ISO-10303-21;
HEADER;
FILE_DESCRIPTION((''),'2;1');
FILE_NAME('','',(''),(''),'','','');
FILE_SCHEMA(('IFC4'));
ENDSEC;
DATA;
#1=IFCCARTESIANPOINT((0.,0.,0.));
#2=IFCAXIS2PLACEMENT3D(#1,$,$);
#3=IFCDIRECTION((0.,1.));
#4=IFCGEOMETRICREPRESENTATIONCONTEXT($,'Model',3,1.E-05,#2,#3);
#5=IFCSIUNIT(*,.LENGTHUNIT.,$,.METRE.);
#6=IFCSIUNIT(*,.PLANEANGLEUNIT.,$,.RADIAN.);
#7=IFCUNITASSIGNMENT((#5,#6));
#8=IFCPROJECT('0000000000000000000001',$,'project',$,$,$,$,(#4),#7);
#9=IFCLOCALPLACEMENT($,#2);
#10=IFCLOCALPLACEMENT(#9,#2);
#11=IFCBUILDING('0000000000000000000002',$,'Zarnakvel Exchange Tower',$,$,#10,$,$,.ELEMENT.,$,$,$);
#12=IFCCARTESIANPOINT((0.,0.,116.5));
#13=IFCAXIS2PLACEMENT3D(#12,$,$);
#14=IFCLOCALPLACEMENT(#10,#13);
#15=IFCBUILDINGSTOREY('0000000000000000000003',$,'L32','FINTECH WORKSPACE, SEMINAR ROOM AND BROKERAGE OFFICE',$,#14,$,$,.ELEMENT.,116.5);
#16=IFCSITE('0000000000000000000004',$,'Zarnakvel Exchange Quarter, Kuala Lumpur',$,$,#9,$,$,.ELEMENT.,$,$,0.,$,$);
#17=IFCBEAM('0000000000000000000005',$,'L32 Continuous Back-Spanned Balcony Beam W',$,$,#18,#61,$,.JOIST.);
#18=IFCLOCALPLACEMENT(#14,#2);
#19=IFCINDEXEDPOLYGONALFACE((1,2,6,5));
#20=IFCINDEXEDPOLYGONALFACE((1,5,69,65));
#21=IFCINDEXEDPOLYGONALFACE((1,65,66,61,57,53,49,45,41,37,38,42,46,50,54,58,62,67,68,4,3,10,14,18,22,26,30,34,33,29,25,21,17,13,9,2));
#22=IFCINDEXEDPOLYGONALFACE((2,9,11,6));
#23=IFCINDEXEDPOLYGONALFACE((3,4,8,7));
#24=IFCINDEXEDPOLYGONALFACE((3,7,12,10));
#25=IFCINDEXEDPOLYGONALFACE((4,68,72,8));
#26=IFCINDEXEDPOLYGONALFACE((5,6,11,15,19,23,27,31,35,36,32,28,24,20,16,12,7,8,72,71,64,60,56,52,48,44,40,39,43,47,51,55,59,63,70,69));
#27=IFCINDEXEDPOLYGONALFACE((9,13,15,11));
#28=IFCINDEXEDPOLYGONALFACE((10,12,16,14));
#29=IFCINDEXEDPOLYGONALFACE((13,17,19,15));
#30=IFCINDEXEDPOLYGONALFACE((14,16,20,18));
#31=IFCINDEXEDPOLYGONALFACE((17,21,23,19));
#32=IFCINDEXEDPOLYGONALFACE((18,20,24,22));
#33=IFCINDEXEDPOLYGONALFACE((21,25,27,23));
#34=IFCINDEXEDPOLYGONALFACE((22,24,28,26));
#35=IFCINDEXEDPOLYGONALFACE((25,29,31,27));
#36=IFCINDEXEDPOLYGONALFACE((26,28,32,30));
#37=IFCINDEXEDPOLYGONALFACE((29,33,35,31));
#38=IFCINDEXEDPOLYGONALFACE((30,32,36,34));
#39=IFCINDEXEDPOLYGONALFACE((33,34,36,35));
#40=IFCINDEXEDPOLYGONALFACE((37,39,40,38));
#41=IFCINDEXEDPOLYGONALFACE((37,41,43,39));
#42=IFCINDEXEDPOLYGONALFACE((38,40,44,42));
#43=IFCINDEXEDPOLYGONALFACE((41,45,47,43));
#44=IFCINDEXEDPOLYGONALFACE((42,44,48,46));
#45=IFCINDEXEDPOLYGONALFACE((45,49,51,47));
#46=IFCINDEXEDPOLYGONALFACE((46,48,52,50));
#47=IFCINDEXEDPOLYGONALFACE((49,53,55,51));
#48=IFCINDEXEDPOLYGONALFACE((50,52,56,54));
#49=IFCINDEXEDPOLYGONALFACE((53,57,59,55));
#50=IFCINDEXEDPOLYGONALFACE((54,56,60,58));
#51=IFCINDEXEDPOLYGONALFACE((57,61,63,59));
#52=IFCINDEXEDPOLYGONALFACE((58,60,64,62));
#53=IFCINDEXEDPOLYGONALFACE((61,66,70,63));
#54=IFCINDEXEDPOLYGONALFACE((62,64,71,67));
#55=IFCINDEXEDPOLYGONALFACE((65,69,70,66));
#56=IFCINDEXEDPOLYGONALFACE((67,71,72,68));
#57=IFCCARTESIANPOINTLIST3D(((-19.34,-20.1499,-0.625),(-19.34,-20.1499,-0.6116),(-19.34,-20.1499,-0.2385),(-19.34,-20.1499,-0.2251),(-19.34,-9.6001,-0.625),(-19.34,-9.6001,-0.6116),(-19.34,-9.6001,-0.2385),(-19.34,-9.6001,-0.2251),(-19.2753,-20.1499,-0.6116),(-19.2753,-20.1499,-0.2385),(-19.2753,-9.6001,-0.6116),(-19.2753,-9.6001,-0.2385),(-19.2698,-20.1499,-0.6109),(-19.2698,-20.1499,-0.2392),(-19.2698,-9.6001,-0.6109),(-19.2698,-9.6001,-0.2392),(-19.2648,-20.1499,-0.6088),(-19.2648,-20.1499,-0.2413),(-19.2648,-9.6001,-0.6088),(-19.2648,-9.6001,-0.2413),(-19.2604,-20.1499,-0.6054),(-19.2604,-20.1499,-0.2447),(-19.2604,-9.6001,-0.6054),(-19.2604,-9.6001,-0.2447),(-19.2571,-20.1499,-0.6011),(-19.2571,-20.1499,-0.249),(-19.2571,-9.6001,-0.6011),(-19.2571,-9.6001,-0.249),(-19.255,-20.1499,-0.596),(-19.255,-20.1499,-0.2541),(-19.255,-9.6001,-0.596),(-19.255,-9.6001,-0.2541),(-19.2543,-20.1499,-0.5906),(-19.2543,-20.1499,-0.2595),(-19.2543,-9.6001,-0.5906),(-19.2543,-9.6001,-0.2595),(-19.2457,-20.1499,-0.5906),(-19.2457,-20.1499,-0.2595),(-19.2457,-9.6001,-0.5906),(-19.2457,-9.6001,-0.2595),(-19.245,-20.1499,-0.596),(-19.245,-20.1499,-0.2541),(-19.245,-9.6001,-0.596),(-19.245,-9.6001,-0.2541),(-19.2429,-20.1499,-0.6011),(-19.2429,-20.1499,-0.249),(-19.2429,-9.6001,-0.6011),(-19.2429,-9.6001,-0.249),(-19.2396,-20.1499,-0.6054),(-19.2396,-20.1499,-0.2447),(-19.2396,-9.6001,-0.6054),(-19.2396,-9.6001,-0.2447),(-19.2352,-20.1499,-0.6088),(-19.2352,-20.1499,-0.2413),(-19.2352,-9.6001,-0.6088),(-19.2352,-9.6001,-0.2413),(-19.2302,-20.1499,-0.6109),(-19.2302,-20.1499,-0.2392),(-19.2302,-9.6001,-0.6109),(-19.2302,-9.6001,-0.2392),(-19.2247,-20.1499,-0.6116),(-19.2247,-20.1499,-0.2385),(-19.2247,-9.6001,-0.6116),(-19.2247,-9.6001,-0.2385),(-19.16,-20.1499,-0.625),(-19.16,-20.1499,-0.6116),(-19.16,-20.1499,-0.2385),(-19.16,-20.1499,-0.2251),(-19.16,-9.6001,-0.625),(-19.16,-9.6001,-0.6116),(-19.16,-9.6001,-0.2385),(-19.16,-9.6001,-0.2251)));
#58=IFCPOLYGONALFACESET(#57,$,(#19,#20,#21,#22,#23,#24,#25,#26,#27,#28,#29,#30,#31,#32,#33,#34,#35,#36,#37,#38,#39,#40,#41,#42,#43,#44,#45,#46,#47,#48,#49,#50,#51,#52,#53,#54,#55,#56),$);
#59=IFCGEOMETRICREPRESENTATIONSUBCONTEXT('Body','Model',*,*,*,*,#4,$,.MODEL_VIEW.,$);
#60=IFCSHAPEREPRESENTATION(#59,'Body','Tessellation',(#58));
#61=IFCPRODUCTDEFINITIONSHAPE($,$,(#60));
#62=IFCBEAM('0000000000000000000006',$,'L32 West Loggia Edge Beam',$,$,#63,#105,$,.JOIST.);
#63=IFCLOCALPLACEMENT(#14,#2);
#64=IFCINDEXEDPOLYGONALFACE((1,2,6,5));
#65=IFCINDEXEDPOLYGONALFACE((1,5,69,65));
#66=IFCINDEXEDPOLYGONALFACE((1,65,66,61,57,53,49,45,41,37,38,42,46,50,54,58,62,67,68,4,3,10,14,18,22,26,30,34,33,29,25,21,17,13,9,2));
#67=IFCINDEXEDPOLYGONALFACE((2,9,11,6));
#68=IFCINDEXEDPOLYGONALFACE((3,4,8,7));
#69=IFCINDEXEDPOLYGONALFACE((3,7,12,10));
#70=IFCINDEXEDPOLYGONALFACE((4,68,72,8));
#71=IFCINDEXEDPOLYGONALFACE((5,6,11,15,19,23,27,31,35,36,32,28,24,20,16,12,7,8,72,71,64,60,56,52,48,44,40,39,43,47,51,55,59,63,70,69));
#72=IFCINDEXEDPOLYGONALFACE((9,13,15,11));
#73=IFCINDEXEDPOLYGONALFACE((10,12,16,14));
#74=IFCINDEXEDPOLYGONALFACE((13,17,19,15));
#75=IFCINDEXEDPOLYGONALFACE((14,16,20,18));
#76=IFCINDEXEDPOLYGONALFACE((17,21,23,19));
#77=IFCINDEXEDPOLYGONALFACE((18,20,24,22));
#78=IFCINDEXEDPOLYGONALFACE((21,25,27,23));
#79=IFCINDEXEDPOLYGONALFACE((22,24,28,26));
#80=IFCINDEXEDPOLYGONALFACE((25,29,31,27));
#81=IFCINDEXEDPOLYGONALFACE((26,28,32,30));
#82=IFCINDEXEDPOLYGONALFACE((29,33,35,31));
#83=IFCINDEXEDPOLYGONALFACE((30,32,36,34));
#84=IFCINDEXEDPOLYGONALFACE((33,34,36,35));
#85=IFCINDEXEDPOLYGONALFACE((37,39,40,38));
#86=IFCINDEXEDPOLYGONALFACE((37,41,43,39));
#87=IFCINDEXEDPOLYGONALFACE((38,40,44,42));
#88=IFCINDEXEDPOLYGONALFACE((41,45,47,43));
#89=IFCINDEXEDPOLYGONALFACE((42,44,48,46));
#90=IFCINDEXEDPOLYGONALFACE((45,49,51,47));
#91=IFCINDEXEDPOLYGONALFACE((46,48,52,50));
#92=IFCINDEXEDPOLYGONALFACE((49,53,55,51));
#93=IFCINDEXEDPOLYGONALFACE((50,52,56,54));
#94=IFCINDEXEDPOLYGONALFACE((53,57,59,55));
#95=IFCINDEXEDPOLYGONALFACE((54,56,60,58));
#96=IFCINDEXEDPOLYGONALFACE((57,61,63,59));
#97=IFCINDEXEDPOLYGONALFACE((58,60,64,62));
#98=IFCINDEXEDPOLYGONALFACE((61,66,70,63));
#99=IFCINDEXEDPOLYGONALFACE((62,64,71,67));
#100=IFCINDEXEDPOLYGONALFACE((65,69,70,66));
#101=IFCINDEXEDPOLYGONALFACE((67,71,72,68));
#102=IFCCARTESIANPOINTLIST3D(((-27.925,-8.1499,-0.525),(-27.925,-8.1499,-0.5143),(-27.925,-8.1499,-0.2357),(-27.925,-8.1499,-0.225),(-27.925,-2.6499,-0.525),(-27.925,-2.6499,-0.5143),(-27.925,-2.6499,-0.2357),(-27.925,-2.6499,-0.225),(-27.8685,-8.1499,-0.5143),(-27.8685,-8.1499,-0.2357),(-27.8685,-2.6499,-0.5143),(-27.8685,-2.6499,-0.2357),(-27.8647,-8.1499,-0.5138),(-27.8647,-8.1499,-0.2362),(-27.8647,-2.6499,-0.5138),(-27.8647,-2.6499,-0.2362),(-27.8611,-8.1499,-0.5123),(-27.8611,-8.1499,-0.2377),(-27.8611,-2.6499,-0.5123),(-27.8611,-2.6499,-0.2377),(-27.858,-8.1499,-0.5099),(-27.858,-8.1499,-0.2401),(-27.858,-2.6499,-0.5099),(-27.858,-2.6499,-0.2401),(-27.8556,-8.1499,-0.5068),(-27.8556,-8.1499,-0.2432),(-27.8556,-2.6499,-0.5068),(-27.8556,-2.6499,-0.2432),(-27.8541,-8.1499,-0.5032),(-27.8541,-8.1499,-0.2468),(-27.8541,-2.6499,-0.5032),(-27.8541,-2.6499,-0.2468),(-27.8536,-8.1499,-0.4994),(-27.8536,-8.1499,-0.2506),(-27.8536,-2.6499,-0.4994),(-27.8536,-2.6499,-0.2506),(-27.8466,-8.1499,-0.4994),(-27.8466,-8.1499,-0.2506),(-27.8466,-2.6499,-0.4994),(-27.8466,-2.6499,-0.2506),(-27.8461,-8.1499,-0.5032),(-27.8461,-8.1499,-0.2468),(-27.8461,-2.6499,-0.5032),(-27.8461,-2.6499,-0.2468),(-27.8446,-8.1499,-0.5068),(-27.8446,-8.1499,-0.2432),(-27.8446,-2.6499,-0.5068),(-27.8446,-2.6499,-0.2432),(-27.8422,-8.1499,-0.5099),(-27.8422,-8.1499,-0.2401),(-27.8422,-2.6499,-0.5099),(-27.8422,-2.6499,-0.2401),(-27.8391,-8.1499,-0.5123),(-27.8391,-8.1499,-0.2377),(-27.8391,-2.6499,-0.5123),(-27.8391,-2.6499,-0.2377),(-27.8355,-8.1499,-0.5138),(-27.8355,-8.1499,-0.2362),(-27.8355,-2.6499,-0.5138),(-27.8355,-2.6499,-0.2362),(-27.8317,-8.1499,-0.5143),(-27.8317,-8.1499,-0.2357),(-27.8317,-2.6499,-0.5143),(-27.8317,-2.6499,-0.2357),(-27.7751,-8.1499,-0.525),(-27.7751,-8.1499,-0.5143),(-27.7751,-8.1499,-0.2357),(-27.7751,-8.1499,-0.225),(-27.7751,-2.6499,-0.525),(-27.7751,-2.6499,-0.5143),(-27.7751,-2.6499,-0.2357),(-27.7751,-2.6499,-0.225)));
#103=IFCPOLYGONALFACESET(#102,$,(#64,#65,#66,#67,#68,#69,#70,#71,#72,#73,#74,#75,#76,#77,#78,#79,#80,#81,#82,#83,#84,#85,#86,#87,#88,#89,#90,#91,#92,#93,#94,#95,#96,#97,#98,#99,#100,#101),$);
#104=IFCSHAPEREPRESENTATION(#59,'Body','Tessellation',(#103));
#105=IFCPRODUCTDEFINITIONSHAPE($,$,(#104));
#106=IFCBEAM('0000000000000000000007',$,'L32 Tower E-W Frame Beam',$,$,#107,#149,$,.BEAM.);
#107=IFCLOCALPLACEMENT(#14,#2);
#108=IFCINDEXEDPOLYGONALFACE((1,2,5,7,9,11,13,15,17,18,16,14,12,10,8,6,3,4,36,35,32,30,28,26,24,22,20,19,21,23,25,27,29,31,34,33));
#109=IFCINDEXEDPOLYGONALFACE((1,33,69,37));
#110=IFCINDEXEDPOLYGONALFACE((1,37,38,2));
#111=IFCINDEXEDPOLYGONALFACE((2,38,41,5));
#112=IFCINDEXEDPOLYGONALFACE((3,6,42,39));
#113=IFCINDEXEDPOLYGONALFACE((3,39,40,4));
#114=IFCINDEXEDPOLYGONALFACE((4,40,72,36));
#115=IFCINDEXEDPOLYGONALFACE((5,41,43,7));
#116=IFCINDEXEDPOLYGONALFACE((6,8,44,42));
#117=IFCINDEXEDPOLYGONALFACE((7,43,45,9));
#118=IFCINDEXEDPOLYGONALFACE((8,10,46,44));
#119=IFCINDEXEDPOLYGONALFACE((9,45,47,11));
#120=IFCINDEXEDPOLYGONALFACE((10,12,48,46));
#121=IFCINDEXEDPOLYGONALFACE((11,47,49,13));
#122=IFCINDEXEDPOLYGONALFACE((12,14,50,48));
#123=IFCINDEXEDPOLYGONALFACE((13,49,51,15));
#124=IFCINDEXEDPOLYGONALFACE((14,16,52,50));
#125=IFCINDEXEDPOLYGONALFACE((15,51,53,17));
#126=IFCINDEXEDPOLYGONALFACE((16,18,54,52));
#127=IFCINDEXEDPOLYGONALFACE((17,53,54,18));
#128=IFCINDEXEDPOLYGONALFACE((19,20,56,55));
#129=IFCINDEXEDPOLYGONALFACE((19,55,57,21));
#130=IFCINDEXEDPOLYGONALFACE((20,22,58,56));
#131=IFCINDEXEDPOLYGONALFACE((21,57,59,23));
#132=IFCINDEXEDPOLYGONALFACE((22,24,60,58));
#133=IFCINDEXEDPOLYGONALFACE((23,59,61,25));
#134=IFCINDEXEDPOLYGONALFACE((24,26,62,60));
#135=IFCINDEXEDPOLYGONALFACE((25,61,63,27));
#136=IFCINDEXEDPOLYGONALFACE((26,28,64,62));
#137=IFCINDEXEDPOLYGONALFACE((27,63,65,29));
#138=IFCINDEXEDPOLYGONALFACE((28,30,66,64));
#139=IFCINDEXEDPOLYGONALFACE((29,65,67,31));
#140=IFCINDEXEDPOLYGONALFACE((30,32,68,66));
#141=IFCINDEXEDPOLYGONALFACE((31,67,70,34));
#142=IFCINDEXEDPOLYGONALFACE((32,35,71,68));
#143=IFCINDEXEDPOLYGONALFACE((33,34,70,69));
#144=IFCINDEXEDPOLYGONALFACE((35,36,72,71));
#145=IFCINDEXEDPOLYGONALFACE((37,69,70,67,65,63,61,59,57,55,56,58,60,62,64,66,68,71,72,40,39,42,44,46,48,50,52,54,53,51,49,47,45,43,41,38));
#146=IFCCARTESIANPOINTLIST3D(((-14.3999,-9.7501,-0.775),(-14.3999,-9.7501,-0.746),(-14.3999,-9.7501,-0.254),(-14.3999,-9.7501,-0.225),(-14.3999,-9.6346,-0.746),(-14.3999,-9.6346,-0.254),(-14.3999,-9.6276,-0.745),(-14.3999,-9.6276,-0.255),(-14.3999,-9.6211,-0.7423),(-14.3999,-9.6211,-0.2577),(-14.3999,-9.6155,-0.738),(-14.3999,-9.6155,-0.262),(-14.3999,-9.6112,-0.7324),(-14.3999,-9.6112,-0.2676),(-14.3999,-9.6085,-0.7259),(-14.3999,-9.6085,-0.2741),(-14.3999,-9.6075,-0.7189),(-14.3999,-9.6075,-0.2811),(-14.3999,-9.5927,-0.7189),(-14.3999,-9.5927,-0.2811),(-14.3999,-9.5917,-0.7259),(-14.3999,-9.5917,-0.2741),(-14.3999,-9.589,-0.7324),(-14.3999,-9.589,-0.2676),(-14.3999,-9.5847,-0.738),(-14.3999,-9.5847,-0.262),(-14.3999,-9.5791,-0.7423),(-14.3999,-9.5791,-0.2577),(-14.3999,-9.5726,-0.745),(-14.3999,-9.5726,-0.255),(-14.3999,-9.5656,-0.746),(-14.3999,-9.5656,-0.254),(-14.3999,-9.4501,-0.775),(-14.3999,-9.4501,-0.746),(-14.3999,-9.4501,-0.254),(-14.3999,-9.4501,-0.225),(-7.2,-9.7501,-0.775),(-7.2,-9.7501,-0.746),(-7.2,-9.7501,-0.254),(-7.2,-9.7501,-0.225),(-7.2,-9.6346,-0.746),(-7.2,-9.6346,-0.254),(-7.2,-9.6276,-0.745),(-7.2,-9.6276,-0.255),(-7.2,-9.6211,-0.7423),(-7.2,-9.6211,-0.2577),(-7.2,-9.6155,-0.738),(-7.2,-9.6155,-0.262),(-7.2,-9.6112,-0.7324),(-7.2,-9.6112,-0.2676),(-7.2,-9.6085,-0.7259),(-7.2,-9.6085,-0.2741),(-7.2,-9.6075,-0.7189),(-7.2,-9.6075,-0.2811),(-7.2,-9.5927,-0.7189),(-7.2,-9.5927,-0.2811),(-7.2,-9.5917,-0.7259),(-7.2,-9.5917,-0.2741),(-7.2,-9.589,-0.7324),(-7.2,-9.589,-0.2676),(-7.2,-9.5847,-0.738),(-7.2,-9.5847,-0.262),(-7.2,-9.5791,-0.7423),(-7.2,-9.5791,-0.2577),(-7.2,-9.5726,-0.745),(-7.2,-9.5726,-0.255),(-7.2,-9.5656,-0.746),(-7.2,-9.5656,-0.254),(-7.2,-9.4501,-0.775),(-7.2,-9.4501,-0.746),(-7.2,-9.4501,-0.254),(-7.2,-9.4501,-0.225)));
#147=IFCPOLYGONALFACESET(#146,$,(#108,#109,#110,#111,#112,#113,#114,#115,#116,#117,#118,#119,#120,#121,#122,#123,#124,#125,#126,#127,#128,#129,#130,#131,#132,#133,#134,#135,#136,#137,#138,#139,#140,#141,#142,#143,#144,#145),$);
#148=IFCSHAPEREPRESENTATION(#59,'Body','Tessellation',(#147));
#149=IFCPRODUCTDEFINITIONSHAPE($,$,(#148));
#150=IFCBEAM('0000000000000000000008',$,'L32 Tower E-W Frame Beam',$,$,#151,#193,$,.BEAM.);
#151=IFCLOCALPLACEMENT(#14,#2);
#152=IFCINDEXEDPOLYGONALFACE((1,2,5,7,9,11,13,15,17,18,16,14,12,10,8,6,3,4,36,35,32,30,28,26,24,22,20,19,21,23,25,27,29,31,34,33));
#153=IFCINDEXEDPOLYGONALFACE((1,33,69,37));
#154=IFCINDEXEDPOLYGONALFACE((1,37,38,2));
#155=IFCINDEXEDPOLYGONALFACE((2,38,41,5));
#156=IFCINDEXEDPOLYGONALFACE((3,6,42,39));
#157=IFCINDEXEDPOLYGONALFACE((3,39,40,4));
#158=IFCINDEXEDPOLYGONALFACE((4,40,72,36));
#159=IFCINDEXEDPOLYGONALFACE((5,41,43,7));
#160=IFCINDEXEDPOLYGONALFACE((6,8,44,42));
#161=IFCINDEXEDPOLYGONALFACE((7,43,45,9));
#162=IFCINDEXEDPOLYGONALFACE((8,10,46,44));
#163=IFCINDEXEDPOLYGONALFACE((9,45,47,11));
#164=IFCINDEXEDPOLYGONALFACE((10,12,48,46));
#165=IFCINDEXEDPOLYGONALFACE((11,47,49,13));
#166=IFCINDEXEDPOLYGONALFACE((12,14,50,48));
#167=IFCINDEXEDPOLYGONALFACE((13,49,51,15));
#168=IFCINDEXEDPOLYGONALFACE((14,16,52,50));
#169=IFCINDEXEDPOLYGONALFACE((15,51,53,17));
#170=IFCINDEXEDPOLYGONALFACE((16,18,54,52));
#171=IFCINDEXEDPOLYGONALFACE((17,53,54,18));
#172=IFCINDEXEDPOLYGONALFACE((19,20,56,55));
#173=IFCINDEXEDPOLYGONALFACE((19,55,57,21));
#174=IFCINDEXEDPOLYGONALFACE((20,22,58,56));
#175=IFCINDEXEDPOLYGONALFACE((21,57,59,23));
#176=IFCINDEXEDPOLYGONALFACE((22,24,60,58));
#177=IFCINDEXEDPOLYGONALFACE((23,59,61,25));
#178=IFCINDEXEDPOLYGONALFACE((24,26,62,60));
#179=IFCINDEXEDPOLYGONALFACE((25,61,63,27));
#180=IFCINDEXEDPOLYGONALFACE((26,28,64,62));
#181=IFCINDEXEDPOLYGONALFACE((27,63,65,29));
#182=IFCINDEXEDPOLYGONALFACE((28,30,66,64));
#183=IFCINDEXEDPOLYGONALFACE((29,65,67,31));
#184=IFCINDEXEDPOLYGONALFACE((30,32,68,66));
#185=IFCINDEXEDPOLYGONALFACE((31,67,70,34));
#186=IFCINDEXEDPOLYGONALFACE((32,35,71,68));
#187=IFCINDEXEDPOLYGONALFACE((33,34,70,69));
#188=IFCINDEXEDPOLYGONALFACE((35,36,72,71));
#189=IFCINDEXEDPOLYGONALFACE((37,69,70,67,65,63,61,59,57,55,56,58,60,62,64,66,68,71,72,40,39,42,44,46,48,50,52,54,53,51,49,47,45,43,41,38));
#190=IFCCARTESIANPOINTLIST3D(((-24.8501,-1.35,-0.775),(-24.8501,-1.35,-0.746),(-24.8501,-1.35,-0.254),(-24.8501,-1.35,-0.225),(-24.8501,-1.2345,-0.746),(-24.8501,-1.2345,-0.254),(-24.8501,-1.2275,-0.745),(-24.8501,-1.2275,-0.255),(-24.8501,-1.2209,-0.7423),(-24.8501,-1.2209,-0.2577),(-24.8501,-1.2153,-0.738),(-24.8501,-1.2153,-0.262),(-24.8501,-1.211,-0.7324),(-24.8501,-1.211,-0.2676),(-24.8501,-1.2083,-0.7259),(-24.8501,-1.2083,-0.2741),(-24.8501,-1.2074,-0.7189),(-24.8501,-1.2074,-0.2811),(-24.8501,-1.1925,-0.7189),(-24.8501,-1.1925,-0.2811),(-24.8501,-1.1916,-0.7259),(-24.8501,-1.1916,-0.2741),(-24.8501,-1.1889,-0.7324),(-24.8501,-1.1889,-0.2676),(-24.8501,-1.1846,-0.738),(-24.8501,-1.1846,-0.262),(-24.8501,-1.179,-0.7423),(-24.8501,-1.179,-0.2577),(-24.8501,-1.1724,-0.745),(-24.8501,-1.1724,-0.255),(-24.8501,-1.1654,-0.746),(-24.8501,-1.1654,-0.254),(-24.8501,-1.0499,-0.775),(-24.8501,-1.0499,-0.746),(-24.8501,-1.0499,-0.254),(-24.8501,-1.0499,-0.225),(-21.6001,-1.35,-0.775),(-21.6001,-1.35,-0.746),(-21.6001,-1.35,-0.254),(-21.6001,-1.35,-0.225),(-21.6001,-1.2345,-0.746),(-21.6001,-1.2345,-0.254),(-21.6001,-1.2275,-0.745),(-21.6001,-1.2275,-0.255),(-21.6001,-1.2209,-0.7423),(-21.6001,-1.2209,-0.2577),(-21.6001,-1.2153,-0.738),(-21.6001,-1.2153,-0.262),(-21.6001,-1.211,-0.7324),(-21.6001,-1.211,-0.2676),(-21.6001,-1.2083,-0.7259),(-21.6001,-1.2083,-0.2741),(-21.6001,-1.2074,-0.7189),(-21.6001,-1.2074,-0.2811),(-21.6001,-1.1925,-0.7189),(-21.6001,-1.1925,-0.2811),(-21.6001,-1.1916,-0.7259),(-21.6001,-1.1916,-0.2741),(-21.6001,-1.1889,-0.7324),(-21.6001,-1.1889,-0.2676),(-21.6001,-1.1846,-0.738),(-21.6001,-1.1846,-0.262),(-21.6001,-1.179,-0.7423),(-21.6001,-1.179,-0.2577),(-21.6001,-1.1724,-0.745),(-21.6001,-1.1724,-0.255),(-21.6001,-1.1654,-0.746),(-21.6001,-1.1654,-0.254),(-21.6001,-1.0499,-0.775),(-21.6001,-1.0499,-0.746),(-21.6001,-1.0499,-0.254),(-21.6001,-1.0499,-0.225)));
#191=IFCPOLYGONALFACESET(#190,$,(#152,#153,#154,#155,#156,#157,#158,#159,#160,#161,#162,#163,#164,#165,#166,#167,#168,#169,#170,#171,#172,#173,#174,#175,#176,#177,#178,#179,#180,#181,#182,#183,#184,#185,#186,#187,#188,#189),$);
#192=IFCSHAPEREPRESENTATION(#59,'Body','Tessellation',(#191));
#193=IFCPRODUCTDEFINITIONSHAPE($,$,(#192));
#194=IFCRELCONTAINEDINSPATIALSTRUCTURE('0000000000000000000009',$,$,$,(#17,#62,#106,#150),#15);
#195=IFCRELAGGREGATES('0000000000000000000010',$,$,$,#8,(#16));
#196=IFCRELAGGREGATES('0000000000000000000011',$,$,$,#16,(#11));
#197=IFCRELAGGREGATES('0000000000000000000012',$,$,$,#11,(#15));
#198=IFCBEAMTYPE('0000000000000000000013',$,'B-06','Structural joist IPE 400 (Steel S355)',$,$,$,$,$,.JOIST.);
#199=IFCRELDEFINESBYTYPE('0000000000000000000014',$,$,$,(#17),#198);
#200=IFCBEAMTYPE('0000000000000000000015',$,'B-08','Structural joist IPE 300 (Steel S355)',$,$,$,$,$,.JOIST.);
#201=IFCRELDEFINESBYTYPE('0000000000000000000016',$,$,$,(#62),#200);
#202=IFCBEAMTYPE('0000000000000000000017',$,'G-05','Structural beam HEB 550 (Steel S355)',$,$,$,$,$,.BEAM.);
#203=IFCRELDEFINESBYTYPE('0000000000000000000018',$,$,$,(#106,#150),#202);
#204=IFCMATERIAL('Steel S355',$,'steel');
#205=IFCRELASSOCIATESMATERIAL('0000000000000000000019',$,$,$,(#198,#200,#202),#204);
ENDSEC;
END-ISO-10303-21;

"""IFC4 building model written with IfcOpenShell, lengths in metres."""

from ifc_helpers import new_model, si_unit, direction, frame, origin, origin_2d, place, context, subcontext, project, spatial, i_section, extrude, material, material_profile, profile_set, type_object, element, save


model = new_model("IFC4")

# Units and contexts
model_context = context("Model", 3, precision=1e-05, world=origin(), true_north=direction((0.0, 1.0)))
body_context = subcontext(model_context, "Body", "Model", "MODEL_VIEW")
ifc_project = project(units=[si_unit("LENGTHUNIT", "METRE"), si_unit("PLANEANGLEUNIT", "RADIAN")], contexts=[model_context])

# Site, building, storey
site_placement = place(None, origin())
site = spatial("IfcSite", under=ifc_project, at=site_placement, Name="Zarnakvel Exchange Quarter, Kuala Lumpur", CompositionType="ELEMENT", RefElevation=0.0)
building_placement = place(site_placement, origin())
building = spatial("IfcBuilding", under=site, at=building_placement, Name="Zarnakvel Exchange Tower", CompositionType="ELEMENT")
storey_placement = place(building_placement, frame((0.0, 0.0, 116.5)))
storey = spatial("IfcBuildingStorey", under=building, at=storey_placement, Name="L32", Description="FINTECH WORKSPACE, SEMINAR ROOM AND BROKERAGE OFFICE", CompositionType="ELEMENT", Elevation=116.5)

# Shared definitions
ifc_material_1 = material(Name="Steel S355", Category="steel")

# Beams
ifc_material_profile_1 = material_profile(ifc_material_1, i_section(OverallWidth=0.1799, OverallDepth=0.3999, WebThickness=0.0085, FlangeThickness=0.0134, FilletRadius=0.021, at=origin_2d()))
ifc_profile_set_1 = profile_set([ifc_material_profile_1], Name="Steel S355")
beam_type_1 = type_object("IfcBeamType", Name="B-06", Description="Structural joist IPE 400 (Steel S355)", PredefinedType="JOIST", material=ifc_profile_set_1)
beam_1_placement = place(storey_placement, frame((-19.25, -9.6001, -0.425), z_axis=(0.0, -1.0, 0.0), x_axis=(1.0, 0.0, 0.0)))
element("IfcBeam", 1, at=beam_1_placement, inside=storey, type_object=beam_type_1, Name="L32 Continuous Back-Spanned Balcony Beam W", PredefinedType="JOIST", context=body_context, shape_type="SweptSolid", body=[
    extrude(i_section(OverallWidth=0.1799, OverallDepth=0.3999, WebThickness=0.0085, FlangeThickness=0.0134, FilletRadius=0.021, at=origin_2d()), origin(), (0.0, 0.0, 1.0), 10.5498),
])
ifc_material_profile_2 = material_profile(ifc_material_1, i_section(OverallWidth=0.1499, OverallDepth=0.3, WebThickness=0.0071, FlangeThickness=0.0107, FilletRadius=0.0149, at=origin_2d()))
ifc_profile_set_2 = profile_set([ifc_material_profile_2], Name="Steel S355")
beam_type_2 = type_object("IfcBeamType", Name="B-08", Description="Structural joist IPE 300 (Steel S355)", PredefinedType="JOIST", material=ifc_profile_set_2)
beam_2_placement = place(storey_placement, frame((-27.8501, -8.1499, -0.375), z_axis=(0.0, 1.0, 0.0), x_axis=(-1.0, 0.0, 0.0)))
element("IfcBeam", 2, at=beam_2_placement, inside=storey, type_object=beam_type_2, Name="L32 West Loggia Edge Beam", PredefinedType="JOIST", context=body_context, shape_type="SweptSolid", body=[
    extrude(i_section(OverallWidth=0.1499, OverallDepth=0.3, WebThickness=0.0071, FlangeThickness=0.0107, FilletRadius=0.0149, at=origin_2d()), origin(), (0.0, 0.0, 1.0), 5.5),
])
ifc_material_profile_3 = material_profile(ifc_material_1, i_section(OverallWidth=0.3, OverallDepth=0.55, WebThickness=0.0149, FlangeThickness=0.0291, FilletRadius=0.0271, at=origin_2d()))
ifc_profile_set_3 = profile_set([ifc_material_profile_3], Name="Steel S355")
beam_type_3 = type_object("IfcBeamType", Name="G-05", Description="Structural beam HEB 550 (Steel S355)", PredefinedType="BEAM", material=ifc_profile_set_3)
beam_3_placement = place(storey_placement, frame((-14.3999, -9.6001, -0.5), z_axis=(1.0, 0.0, 0.0), x_axis=(0.0, 1.0, 0.0)))
element("IfcBeam", 3, at=beam_3_placement, inside=storey, type_object=beam_type_3, Name="L32 Tower E-W Frame Beam", PredefinedType="BEAM", context=body_context, shape_type="SweptSolid", body=[
    extrude(i_section(OverallWidth=0.3, OverallDepth=0.55, WebThickness=0.0149, FlangeThickness=0.0291, FilletRadius=0.0271, at=origin_2d()), origin(), (0.0, 0.0, 1.0), 7.2),
])
beam_4_placement = place(storey_placement, frame((-24.8501, -1.2, -0.5), z_axis=(1.0, 0.0, 0.0), x_axis=(0.0, 1.0, 0.0)))
element("IfcBeam", 4, at=beam_4_placement, inside=storey, type_object=beam_type_3, Name="L32 Tower E-W Frame Beam", PredefinedType="BEAM", context=body_context, shape_type="SweptSolid", body=[
    extrude(i_section(OverallWidth=0.3, OverallDepth=0.55, WebThickness=0.0149, FlangeThickness=0.0291, FilletRadius=0.0271, at=origin_2d()), origin(), (0.0, 0.0, 1.0), 3.25),
])

save(model, "model.ifc")
